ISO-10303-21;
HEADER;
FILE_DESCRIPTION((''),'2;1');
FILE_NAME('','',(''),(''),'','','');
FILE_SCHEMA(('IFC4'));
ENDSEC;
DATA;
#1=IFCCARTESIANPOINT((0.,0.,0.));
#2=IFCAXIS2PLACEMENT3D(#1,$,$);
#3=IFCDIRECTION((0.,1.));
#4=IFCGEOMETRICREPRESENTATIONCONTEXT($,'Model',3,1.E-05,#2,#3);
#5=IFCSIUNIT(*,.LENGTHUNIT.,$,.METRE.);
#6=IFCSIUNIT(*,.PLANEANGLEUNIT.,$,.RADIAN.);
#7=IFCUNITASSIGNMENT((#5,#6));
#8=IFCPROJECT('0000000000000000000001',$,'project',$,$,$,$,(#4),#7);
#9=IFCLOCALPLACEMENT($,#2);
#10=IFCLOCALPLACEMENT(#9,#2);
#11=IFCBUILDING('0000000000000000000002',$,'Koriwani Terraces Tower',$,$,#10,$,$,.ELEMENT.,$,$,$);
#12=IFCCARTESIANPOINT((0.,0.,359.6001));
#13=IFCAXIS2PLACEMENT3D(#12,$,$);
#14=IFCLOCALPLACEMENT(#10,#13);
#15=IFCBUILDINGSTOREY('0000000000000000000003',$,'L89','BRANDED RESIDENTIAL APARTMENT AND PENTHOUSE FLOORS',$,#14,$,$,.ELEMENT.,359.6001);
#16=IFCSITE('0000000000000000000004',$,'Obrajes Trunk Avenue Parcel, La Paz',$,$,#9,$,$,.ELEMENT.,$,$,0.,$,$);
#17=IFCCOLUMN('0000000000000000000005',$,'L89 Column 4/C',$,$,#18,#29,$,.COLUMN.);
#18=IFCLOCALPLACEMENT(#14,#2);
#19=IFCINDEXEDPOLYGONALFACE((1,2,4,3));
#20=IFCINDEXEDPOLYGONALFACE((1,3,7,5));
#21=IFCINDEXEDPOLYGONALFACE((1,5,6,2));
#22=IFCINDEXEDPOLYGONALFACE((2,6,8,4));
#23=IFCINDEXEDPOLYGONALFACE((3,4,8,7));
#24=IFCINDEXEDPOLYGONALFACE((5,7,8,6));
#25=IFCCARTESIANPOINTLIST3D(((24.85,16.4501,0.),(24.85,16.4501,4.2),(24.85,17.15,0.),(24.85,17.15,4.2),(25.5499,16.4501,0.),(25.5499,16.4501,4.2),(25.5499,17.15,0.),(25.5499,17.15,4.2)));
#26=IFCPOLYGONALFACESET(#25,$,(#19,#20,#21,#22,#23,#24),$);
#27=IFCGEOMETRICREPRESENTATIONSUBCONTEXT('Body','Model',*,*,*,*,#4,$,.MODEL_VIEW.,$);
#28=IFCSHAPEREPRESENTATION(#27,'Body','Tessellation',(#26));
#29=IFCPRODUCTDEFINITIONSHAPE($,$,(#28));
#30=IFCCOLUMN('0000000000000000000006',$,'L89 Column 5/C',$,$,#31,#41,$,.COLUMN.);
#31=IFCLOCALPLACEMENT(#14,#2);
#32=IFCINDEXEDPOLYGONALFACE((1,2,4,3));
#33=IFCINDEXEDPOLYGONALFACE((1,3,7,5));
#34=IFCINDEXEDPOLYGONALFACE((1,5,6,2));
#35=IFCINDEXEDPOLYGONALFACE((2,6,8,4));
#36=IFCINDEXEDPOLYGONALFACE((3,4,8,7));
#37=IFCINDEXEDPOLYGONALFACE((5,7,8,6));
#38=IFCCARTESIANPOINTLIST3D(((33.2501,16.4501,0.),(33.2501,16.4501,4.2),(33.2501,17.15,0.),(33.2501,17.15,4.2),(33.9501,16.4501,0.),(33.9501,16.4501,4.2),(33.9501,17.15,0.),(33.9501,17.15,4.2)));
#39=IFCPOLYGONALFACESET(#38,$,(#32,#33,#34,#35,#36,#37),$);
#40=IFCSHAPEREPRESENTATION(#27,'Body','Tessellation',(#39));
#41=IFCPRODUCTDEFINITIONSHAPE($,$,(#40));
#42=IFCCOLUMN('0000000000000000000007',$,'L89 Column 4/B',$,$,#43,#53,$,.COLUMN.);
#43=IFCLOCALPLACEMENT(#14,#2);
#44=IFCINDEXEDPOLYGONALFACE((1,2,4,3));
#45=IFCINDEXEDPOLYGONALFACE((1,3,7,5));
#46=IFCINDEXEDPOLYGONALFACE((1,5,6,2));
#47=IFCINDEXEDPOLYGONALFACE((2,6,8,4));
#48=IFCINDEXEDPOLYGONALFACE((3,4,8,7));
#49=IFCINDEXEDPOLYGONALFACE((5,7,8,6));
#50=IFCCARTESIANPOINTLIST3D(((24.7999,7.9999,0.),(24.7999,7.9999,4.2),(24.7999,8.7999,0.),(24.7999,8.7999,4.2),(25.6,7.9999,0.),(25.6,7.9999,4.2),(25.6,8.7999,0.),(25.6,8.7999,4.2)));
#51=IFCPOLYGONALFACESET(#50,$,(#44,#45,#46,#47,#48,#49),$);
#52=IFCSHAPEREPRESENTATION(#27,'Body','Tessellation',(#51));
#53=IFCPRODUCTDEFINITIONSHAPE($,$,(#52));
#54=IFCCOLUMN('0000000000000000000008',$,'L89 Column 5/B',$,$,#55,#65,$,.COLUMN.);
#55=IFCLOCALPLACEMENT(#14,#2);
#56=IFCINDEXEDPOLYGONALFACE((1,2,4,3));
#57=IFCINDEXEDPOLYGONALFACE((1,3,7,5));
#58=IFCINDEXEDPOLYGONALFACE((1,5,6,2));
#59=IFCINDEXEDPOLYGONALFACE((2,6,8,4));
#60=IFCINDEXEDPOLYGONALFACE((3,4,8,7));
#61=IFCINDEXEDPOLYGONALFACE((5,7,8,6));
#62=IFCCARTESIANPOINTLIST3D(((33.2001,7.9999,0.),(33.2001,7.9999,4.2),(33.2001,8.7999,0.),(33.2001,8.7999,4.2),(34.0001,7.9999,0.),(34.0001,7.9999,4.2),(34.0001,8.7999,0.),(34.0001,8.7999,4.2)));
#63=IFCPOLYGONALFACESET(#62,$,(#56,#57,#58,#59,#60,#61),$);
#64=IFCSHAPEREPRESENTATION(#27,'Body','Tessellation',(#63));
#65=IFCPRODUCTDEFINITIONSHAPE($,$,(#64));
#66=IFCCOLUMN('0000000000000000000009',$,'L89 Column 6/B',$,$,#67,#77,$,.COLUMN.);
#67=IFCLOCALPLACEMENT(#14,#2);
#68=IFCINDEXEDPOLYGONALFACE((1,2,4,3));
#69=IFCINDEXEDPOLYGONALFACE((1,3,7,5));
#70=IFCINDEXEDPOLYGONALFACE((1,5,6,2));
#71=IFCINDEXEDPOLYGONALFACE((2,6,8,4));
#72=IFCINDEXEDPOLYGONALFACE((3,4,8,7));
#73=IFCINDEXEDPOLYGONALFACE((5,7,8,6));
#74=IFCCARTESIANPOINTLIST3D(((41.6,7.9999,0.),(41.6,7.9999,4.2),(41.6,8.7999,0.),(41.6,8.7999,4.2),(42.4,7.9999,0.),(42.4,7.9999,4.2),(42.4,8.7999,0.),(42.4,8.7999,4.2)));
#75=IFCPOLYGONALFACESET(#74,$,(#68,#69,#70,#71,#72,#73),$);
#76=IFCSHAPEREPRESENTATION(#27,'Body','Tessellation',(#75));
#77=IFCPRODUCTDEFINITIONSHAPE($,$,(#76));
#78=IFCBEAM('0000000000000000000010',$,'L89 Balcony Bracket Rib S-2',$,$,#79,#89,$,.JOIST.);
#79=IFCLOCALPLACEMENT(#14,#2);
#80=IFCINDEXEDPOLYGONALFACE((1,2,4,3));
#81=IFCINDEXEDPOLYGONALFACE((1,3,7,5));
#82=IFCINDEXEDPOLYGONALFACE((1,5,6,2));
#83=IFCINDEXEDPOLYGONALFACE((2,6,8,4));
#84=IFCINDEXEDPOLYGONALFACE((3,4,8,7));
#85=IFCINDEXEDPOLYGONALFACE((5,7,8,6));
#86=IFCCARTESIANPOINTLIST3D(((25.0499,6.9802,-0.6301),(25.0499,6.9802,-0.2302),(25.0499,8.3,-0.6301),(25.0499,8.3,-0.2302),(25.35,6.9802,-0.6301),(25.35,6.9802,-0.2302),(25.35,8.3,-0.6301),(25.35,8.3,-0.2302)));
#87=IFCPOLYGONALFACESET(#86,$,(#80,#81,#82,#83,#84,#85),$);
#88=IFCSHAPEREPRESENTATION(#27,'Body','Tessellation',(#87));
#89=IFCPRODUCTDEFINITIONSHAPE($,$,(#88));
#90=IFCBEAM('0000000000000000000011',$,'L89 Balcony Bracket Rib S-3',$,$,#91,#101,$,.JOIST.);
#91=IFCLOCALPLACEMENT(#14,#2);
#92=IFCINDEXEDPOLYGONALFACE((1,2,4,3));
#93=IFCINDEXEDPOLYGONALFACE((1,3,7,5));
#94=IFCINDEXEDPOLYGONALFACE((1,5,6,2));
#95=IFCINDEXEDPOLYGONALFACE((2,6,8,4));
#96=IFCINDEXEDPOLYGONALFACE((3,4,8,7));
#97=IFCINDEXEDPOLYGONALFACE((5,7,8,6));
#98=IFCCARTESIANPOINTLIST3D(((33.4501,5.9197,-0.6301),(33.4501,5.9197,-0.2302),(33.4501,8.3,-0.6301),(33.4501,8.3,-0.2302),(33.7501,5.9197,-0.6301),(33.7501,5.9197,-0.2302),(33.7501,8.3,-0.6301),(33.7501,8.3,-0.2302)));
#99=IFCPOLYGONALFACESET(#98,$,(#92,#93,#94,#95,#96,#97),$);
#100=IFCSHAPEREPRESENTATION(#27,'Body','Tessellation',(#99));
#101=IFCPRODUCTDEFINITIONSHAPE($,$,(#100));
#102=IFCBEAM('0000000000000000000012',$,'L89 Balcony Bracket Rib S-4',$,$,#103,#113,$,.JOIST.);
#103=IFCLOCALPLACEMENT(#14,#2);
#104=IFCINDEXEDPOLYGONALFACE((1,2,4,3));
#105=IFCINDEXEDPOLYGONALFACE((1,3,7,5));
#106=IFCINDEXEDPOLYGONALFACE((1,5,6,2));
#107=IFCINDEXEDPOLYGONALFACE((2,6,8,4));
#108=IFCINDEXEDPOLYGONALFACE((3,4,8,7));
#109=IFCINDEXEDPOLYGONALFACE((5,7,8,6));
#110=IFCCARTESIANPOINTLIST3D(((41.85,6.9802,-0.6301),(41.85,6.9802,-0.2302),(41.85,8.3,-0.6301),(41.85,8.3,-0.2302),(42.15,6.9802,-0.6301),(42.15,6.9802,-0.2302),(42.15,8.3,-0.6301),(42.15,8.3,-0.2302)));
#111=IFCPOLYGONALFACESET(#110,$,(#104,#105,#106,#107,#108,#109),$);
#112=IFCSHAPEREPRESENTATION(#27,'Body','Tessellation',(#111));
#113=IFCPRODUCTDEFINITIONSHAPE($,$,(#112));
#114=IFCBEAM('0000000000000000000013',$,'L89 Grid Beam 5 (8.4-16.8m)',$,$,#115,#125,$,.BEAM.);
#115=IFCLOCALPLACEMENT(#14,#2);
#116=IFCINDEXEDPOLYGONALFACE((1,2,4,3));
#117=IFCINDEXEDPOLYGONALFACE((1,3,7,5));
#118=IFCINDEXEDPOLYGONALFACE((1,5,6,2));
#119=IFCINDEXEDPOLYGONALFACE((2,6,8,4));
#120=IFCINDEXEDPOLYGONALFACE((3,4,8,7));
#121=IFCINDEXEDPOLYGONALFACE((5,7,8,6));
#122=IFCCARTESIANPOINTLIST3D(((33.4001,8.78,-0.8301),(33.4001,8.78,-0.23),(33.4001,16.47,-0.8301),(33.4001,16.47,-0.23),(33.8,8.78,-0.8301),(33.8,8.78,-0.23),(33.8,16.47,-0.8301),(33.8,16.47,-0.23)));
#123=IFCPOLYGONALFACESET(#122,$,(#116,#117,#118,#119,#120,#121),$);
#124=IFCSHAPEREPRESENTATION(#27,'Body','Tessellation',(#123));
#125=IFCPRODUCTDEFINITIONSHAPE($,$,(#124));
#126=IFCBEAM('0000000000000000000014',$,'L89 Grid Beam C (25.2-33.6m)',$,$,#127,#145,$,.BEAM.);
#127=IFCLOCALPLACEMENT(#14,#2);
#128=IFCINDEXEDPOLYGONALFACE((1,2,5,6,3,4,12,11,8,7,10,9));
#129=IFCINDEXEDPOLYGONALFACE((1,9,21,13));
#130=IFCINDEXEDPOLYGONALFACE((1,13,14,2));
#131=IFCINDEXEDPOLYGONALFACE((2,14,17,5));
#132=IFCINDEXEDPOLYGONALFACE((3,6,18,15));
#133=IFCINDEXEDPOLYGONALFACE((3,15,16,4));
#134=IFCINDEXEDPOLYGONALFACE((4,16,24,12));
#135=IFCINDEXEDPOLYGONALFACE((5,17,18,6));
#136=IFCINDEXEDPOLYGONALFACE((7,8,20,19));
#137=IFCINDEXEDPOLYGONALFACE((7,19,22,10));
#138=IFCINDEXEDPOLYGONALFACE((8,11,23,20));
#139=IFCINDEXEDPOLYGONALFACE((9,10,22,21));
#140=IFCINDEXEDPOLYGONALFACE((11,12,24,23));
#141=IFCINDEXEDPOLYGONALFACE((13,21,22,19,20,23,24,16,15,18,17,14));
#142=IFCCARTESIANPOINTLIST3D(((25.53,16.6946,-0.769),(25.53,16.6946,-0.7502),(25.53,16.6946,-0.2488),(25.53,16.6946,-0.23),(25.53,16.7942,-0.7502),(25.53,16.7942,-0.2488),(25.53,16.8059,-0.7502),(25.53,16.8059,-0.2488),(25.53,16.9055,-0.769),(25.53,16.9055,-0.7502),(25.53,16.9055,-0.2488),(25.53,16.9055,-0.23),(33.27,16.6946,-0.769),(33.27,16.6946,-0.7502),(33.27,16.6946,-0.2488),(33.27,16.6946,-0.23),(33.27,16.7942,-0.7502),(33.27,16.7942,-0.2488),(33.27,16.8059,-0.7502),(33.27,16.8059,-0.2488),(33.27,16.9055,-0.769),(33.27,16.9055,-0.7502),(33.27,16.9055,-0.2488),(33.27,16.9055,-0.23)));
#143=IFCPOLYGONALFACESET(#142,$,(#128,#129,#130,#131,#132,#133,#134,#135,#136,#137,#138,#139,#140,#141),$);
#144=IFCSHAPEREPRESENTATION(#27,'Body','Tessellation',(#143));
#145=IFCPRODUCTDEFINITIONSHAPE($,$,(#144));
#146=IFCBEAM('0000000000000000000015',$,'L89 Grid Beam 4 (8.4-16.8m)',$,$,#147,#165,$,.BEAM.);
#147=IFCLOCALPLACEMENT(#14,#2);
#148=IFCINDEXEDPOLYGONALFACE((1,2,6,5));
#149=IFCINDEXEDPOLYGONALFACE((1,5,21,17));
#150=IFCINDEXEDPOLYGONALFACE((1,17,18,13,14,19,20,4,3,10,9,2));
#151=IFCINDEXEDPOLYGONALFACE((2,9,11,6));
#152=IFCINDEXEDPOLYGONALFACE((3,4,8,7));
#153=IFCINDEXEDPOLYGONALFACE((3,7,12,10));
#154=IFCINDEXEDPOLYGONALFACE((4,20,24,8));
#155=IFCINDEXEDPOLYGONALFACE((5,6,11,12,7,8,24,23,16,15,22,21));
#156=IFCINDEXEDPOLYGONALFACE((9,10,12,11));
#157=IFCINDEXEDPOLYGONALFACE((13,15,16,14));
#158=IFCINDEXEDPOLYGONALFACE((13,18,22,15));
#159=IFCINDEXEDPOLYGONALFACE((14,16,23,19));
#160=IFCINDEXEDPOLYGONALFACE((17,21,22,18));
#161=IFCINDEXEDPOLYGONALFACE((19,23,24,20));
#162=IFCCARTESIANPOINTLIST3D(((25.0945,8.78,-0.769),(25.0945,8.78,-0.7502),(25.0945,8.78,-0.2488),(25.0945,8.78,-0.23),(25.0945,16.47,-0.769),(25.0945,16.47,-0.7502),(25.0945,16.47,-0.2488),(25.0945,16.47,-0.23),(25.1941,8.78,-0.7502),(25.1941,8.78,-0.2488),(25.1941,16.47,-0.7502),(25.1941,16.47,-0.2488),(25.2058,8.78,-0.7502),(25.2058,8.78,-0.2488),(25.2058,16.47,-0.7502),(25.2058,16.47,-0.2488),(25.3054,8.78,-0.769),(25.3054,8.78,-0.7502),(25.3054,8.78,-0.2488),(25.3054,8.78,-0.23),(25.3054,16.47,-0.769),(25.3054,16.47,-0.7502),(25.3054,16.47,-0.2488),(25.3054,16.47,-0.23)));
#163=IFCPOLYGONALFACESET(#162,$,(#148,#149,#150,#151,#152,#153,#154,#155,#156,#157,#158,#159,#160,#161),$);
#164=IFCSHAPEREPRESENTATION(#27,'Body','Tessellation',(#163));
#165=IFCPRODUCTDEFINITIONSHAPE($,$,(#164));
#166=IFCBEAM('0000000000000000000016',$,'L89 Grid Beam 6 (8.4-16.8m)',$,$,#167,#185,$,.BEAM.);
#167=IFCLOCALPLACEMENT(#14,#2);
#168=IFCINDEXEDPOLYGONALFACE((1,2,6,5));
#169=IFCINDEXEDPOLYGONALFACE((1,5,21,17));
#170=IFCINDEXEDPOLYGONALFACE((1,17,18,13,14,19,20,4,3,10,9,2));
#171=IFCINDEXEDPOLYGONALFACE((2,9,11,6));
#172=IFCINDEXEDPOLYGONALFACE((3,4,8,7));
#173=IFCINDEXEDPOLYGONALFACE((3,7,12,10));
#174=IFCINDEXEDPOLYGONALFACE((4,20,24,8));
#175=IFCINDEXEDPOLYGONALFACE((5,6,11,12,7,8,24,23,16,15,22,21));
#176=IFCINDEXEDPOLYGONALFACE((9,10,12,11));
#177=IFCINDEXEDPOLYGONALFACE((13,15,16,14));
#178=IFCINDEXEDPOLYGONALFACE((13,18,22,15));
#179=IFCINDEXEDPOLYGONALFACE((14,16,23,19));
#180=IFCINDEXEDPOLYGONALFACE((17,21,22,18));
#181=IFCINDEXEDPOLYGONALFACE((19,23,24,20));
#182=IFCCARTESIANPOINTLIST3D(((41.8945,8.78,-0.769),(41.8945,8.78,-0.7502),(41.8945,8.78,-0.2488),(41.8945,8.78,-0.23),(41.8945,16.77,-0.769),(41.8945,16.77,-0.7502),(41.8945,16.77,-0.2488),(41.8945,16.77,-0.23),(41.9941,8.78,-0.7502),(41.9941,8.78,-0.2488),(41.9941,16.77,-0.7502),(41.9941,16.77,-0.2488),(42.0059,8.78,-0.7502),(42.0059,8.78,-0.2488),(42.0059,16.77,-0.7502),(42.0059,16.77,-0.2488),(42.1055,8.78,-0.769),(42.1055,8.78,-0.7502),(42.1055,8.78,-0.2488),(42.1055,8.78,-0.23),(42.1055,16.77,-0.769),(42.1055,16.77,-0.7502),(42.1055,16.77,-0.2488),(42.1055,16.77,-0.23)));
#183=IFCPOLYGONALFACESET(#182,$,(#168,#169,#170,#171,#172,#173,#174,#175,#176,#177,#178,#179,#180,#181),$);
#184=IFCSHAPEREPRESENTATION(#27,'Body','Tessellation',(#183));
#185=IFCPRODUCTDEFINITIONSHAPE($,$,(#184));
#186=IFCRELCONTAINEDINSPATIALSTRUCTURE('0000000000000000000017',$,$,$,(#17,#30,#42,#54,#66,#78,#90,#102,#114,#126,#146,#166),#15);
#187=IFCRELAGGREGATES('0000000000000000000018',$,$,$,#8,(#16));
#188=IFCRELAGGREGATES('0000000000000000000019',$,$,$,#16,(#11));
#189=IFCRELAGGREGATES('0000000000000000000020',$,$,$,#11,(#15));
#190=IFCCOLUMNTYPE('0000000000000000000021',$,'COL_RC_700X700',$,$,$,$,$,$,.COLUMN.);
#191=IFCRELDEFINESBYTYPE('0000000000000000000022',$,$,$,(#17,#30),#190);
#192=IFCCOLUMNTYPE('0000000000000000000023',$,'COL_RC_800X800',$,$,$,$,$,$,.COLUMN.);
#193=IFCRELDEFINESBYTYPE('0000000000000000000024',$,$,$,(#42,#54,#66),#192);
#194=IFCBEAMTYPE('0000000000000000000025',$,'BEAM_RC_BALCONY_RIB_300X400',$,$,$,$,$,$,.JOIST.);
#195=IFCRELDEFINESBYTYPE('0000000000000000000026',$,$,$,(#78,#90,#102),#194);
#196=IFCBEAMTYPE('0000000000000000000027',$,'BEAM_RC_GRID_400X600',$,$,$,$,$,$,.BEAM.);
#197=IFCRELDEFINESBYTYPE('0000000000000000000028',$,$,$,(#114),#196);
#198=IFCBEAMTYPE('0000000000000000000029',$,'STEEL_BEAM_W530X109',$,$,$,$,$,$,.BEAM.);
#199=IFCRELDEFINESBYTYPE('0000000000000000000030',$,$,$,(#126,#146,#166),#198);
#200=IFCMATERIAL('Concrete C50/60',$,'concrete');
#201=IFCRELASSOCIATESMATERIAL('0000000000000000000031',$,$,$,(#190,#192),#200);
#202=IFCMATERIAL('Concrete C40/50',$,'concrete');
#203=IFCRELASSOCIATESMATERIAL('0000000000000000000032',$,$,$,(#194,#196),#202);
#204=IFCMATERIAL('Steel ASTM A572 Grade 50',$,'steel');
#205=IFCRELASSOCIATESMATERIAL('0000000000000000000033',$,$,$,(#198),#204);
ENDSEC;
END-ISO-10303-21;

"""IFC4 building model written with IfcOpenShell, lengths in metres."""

from ifc_helpers import new_model, si_unit, direction, frame, origin, origin_2d, place, context, subcontext, project, spatial, rectangle, i_section, extrude, material, material_profile, profile_set, type_object, element, save


model = new_model("IFC4")

# Units and contexts
model_context = context("Model", 3, precision=1e-05, world=origin(), true_north=direction((0.0, 1.0)))
body_context = subcontext(model_context, "Body", "Model", "MODEL_VIEW")
ifc_project = project(units=[si_unit("LENGTHUNIT", "METRE"), si_unit("PLANEANGLEUNIT", "RADIAN")], contexts=[model_context])

# Site, building, storey
site_placement = place(None, origin())
site = spatial("IfcSite", under=ifc_project, at=site_placement, Name="Obrajes Trunk Avenue Parcel, La Paz", CompositionType="ELEMENT", RefElevation=0.0)
building_placement = place(site_placement, origin())
building = spatial("IfcBuilding", under=site, at=building_placement, Name="Koriwani Terraces Tower", CompositionType="ELEMENT")
storey_placement = place(building_placement, frame((0.0, 0.0, 359.6001)))
storey = spatial("IfcBuildingStorey", under=building, at=storey_placement, Name="L89", Description="BRANDED RESIDENTIAL APARTMENT AND PENTHOUSE FLOORS", CompositionType="ELEMENT", Elevation=359.6001)

# Columns
ifc_material_1 = material(Name="Concrete C50/60", Category="concrete")
ifc_material_profile_1 = material_profile(ifc_material_1, rectangle(XDim=0.7, YDim=0.7, at=origin_2d()), Name="Concrete C50/60", Category="LoadBearing")
ifc_profile_set_1 = profile_set([ifc_material_profile_1], Name="Concrete C50/60")
column_type_1 = type_object("IfcColumnType", Name="COL_RC_700X700", PredefinedType="COLUMN", material=ifc_profile_set_1)
for number, where, z_axis, x_axis, name in (
    (1, (25.2, 16.8, 0.0), (0.0, 0.0, 1.0), (1.0, 0.0, 0.0), "L89 Column 4/C"),
    (2, (33.6001, 16.8, 0.0), (0.0, 0.0, 1.0), (1.0, 0.0, 0.0), "L89 Column 5/C"),
):
    element("IfcColumn", number, at=place(storey_placement, frame(where, z_axis=z_axis, x_axis=x_axis)), inside=storey, type_object=column_type_1, Name=name, PredefinedType="COLUMN", context=body_context, shape_type="SweptSolid", body=[
        extrude(rectangle(XDim=0.7, YDim=0.7, at=origin_2d()), origin(), (0.0, 0.0, 1.0), 4.2),
    ])
ifc_material_profile_2 = material_profile(ifc_material_1, rectangle(XDim=0.8, YDim=0.8, at=origin_2d()), Name="Concrete C50/60", Category="LoadBearing")
ifc_profile_set_2 = profile_set([ifc_material_profile_2], Name="Concrete C50/60")
column_type_2 = type_object("IfcColumnType", Name="COL_RC_800X800", PredefinedType="COLUMN", material=ifc_profile_set_2)
for number, where, z_axis, x_axis, name in (
    (3, (25.2, 8.3999, 0.0), (0.0, 0.0, 1.0), (1.0, 0.0, 0.0), "L89 Column 4/B"),
    (4, (33.6001, 8.3999, 0.0), (0.0, 0.0, 1.0), (1.0, 0.0, 0.0), "L89 Column 5/B"),
    (5, (42.0, 8.3999, 0.0), (0.0, 0.0, 1.0), (1.0, 0.0, 0.0), "L89 Column 6/B"),
):
    element("IfcColumn", number, at=place(storey_placement, frame(where, z_axis=z_axis, x_axis=x_axis)), inside=storey, type_object=column_type_2, Name=name, PredefinedType="COLUMN", context=body_context, shape_type="SweptSolid", body=[
        extrude(rectangle(XDim=0.8, YDim=0.8, at=origin_2d()), origin(), (0.0, 0.0, 1.0), 4.2),
    ])

# Beams
ifc_material_2 = material(Name="Concrete C40/50", Category="concrete")
ifc_material_profile_3 = material_profile(ifc_material_2, rectangle(XDim=0.3, YDim=0.3999, at=origin_2d()), Name="Concrete C40/50", Category="LoadBearing")
ifc_profile_set_3 = profile_set([ifc_material_profile_3], Name="Concrete C40/50")
beam_type_1 = type_object("IfcBeamType", Name="BEAM_RC_BALCONY_RIB_300X400", PredefinedType="JOIST", material=ifc_profile_set_3)
beam_1_placement = place(storey_placement, frame((25.2, 6.9802, -0.4302), z_axis=(0.0, 1.0, 0.0), x_axis=(-1.0, 0.0, 0.0)))
element("IfcBeam", 6, at=beam_1_placement, inside=storey, type_object=beam_type_1, Name="L89 Balcony Bracket Rib S-2", PredefinedType="JOIST", context=body_context, shape_type="SweptSolid", body=[
    extrude(rectangle(XDim=0.3, YDim=0.3999, at=origin_2d()), origin(), (0.0, 0.0, 1.0), 1.3198),
])
beam_2_placement = place(storey_placement, frame((33.6001, 5.9197, -0.4302), z_axis=(0.0, 1.0, 0.0), x_axis=(-1.0, 0.0, 0.0)))
element("IfcBeam", 7, at=beam_2_placement, inside=storey, type_object=beam_type_1, Name="L89 Balcony Bracket Rib S-3", PredefinedType="JOIST", context=body_context, shape_type="SweptSolid", body=[
    extrude(rectangle(XDim=0.3, YDim=0.3999, at=origin_2d()), origin(), (0.0, 0.0, 1.0), 2.3804),
])
beam_3_placement = place(storey_placement, frame((42.0, 6.9802, -0.4302), z_axis=(0.0, 1.0, 0.0), x_axis=(-1.0, 0.0, 0.0)))
element("IfcBeam", 8, at=beam_3_placement, inside=storey, type_object=beam_type_1, Name="L89 Balcony Bracket Rib S-4", PredefinedType="JOIST", context=body_context, shape_type="SweptSolid", body=[
    extrude(rectangle(XDim=0.3, YDim=0.3999, at=origin_2d()), origin(), (0.0, 0.0, 1.0), 1.3198),
])
ifc_material_profile_4 = material_profile(ifc_material_2, rectangle(XDim=0.3999, YDim=0.6001, at=origin_2d()), Name="Concrete C40/50", Category="LoadBearing")
ifc_profile_set_4 = profile_set([ifc_material_profile_4], Name="Concrete C40/50")
beam_type_2 = type_object("IfcBeamType", Name="BEAM_RC_GRID_400X600", PredefinedType="BEAM", material=ifc_profile_set_4)
beam_4_placement = place(storey_placement, frame((33.6001, 8.78, -0.53), z_axis=(0.0, 1.0, 0.0), x_axis=(-1.0, 0.0, 0.0)))
element("IfcBeam", 9, at=beam_4_placement, inside=storey, type_object=beam_type_2, Name="L89 Grid Beam 5 (8.4-16.8m)", PredefinedType="BEAM", context=body_context, shape_type="SweptSolid", body=[
    extrude(rectangle(XDim=0.3999, YDim=0.6001, at=origin_2d()), origin(), (0.0, 0.0, 1.0), 7.6899),
])
ifc_material_3 = material(Name="Steel ASTM A572 Grade 50", Category="steel")
ifc_material_profile_5 = material_profile(ifc_material_3, i_section(OverallWidth=0.2109, OverallDepth=0.5391, WebThickness=0.0117, FlangeThickness=0.0188, at=origin_2d()), Name="Steel ASTM A572 Grade 50", Category="LoadBearing")
ifc_profile_set_5 = profile_set([ifc_material_profile_5], Name="Steel ASTM A572 Grade 50")
beam_type_3 = type_object("IfcBeamType", Name="STEEL_BEAM_W530X109", PredefinedType="BEAM", material=ifc_profile_set_5)
beam_5_placement = place(storey_placement, frame((25.53, 16.8, -0.4995), z_axis=(1.0, 0.0, 0.0), x_axis=(0.0, 1.0, 0.0)))
element("IfcBeam", 10, at=beam_5_placement, inside=storey, type_object=beam_type_3, Name="L89 Grid Beam C (25.2-33.6m)", PredefinedType="BEAM", context=body_context, shape_type="SweptSolid", body=[
    extrude(i_section(OverallWidth=0.2109, OverallDepth=0.5391, WebThickness=0.0117, FlangeThickness=0.0188, at=origin_2d()), origin(), (0.0, 0.0, 1.0), 7.74),
])
beam_6_placement = place(storey_placement, frame((25.2, 8.78, -0.4995), z_axis=(0.0, 1.0, 0.0), x_axis=(-1.0, 0.0, 0.0)))
element("IfcBeam", 11, at=beam_6_placement, inside=storey, type_object=beam_type_3, Name="L89 Grid Beam 4 (8.4-16.8m)", PredefinedType="BEAM", context=body_context, shape_type="SweptSolid", body=[
    extrude(i_section(OverallWidth=0.2109, OverallDepth=0.5391, WebThickness=0.0117, FlangeThickness=0.0188, at=origin_2d()), origin(), (0.0, 0.0, 1.0), 7.6899),
])
beam_7_placement = place(storey_placement, frame((42.0, 8.78, -0.4995), z_axis=(0.0, 1.0, 0.0), x_axis=(-1.0, 0.0, 0.0)))
element("IfcBeam", 12, at=beam_7_placement, inside=storey, type_object=beam_type_3, Name="L89 Grid Beam 6 (8.4-16.8m)", PredefinedType="BEAM", context=body_context, shape_type="SweptSolid", body=[
    extrude(i_section(OverallWidth=0.2109, OverallDepth=0.5391, WebThickness=0.0117, FlangeThickness=0.0188, at=origin_2d()), origin(), (0.0, 0.0, 1.0), 7.99),
])

save(model, "model.ifc")
